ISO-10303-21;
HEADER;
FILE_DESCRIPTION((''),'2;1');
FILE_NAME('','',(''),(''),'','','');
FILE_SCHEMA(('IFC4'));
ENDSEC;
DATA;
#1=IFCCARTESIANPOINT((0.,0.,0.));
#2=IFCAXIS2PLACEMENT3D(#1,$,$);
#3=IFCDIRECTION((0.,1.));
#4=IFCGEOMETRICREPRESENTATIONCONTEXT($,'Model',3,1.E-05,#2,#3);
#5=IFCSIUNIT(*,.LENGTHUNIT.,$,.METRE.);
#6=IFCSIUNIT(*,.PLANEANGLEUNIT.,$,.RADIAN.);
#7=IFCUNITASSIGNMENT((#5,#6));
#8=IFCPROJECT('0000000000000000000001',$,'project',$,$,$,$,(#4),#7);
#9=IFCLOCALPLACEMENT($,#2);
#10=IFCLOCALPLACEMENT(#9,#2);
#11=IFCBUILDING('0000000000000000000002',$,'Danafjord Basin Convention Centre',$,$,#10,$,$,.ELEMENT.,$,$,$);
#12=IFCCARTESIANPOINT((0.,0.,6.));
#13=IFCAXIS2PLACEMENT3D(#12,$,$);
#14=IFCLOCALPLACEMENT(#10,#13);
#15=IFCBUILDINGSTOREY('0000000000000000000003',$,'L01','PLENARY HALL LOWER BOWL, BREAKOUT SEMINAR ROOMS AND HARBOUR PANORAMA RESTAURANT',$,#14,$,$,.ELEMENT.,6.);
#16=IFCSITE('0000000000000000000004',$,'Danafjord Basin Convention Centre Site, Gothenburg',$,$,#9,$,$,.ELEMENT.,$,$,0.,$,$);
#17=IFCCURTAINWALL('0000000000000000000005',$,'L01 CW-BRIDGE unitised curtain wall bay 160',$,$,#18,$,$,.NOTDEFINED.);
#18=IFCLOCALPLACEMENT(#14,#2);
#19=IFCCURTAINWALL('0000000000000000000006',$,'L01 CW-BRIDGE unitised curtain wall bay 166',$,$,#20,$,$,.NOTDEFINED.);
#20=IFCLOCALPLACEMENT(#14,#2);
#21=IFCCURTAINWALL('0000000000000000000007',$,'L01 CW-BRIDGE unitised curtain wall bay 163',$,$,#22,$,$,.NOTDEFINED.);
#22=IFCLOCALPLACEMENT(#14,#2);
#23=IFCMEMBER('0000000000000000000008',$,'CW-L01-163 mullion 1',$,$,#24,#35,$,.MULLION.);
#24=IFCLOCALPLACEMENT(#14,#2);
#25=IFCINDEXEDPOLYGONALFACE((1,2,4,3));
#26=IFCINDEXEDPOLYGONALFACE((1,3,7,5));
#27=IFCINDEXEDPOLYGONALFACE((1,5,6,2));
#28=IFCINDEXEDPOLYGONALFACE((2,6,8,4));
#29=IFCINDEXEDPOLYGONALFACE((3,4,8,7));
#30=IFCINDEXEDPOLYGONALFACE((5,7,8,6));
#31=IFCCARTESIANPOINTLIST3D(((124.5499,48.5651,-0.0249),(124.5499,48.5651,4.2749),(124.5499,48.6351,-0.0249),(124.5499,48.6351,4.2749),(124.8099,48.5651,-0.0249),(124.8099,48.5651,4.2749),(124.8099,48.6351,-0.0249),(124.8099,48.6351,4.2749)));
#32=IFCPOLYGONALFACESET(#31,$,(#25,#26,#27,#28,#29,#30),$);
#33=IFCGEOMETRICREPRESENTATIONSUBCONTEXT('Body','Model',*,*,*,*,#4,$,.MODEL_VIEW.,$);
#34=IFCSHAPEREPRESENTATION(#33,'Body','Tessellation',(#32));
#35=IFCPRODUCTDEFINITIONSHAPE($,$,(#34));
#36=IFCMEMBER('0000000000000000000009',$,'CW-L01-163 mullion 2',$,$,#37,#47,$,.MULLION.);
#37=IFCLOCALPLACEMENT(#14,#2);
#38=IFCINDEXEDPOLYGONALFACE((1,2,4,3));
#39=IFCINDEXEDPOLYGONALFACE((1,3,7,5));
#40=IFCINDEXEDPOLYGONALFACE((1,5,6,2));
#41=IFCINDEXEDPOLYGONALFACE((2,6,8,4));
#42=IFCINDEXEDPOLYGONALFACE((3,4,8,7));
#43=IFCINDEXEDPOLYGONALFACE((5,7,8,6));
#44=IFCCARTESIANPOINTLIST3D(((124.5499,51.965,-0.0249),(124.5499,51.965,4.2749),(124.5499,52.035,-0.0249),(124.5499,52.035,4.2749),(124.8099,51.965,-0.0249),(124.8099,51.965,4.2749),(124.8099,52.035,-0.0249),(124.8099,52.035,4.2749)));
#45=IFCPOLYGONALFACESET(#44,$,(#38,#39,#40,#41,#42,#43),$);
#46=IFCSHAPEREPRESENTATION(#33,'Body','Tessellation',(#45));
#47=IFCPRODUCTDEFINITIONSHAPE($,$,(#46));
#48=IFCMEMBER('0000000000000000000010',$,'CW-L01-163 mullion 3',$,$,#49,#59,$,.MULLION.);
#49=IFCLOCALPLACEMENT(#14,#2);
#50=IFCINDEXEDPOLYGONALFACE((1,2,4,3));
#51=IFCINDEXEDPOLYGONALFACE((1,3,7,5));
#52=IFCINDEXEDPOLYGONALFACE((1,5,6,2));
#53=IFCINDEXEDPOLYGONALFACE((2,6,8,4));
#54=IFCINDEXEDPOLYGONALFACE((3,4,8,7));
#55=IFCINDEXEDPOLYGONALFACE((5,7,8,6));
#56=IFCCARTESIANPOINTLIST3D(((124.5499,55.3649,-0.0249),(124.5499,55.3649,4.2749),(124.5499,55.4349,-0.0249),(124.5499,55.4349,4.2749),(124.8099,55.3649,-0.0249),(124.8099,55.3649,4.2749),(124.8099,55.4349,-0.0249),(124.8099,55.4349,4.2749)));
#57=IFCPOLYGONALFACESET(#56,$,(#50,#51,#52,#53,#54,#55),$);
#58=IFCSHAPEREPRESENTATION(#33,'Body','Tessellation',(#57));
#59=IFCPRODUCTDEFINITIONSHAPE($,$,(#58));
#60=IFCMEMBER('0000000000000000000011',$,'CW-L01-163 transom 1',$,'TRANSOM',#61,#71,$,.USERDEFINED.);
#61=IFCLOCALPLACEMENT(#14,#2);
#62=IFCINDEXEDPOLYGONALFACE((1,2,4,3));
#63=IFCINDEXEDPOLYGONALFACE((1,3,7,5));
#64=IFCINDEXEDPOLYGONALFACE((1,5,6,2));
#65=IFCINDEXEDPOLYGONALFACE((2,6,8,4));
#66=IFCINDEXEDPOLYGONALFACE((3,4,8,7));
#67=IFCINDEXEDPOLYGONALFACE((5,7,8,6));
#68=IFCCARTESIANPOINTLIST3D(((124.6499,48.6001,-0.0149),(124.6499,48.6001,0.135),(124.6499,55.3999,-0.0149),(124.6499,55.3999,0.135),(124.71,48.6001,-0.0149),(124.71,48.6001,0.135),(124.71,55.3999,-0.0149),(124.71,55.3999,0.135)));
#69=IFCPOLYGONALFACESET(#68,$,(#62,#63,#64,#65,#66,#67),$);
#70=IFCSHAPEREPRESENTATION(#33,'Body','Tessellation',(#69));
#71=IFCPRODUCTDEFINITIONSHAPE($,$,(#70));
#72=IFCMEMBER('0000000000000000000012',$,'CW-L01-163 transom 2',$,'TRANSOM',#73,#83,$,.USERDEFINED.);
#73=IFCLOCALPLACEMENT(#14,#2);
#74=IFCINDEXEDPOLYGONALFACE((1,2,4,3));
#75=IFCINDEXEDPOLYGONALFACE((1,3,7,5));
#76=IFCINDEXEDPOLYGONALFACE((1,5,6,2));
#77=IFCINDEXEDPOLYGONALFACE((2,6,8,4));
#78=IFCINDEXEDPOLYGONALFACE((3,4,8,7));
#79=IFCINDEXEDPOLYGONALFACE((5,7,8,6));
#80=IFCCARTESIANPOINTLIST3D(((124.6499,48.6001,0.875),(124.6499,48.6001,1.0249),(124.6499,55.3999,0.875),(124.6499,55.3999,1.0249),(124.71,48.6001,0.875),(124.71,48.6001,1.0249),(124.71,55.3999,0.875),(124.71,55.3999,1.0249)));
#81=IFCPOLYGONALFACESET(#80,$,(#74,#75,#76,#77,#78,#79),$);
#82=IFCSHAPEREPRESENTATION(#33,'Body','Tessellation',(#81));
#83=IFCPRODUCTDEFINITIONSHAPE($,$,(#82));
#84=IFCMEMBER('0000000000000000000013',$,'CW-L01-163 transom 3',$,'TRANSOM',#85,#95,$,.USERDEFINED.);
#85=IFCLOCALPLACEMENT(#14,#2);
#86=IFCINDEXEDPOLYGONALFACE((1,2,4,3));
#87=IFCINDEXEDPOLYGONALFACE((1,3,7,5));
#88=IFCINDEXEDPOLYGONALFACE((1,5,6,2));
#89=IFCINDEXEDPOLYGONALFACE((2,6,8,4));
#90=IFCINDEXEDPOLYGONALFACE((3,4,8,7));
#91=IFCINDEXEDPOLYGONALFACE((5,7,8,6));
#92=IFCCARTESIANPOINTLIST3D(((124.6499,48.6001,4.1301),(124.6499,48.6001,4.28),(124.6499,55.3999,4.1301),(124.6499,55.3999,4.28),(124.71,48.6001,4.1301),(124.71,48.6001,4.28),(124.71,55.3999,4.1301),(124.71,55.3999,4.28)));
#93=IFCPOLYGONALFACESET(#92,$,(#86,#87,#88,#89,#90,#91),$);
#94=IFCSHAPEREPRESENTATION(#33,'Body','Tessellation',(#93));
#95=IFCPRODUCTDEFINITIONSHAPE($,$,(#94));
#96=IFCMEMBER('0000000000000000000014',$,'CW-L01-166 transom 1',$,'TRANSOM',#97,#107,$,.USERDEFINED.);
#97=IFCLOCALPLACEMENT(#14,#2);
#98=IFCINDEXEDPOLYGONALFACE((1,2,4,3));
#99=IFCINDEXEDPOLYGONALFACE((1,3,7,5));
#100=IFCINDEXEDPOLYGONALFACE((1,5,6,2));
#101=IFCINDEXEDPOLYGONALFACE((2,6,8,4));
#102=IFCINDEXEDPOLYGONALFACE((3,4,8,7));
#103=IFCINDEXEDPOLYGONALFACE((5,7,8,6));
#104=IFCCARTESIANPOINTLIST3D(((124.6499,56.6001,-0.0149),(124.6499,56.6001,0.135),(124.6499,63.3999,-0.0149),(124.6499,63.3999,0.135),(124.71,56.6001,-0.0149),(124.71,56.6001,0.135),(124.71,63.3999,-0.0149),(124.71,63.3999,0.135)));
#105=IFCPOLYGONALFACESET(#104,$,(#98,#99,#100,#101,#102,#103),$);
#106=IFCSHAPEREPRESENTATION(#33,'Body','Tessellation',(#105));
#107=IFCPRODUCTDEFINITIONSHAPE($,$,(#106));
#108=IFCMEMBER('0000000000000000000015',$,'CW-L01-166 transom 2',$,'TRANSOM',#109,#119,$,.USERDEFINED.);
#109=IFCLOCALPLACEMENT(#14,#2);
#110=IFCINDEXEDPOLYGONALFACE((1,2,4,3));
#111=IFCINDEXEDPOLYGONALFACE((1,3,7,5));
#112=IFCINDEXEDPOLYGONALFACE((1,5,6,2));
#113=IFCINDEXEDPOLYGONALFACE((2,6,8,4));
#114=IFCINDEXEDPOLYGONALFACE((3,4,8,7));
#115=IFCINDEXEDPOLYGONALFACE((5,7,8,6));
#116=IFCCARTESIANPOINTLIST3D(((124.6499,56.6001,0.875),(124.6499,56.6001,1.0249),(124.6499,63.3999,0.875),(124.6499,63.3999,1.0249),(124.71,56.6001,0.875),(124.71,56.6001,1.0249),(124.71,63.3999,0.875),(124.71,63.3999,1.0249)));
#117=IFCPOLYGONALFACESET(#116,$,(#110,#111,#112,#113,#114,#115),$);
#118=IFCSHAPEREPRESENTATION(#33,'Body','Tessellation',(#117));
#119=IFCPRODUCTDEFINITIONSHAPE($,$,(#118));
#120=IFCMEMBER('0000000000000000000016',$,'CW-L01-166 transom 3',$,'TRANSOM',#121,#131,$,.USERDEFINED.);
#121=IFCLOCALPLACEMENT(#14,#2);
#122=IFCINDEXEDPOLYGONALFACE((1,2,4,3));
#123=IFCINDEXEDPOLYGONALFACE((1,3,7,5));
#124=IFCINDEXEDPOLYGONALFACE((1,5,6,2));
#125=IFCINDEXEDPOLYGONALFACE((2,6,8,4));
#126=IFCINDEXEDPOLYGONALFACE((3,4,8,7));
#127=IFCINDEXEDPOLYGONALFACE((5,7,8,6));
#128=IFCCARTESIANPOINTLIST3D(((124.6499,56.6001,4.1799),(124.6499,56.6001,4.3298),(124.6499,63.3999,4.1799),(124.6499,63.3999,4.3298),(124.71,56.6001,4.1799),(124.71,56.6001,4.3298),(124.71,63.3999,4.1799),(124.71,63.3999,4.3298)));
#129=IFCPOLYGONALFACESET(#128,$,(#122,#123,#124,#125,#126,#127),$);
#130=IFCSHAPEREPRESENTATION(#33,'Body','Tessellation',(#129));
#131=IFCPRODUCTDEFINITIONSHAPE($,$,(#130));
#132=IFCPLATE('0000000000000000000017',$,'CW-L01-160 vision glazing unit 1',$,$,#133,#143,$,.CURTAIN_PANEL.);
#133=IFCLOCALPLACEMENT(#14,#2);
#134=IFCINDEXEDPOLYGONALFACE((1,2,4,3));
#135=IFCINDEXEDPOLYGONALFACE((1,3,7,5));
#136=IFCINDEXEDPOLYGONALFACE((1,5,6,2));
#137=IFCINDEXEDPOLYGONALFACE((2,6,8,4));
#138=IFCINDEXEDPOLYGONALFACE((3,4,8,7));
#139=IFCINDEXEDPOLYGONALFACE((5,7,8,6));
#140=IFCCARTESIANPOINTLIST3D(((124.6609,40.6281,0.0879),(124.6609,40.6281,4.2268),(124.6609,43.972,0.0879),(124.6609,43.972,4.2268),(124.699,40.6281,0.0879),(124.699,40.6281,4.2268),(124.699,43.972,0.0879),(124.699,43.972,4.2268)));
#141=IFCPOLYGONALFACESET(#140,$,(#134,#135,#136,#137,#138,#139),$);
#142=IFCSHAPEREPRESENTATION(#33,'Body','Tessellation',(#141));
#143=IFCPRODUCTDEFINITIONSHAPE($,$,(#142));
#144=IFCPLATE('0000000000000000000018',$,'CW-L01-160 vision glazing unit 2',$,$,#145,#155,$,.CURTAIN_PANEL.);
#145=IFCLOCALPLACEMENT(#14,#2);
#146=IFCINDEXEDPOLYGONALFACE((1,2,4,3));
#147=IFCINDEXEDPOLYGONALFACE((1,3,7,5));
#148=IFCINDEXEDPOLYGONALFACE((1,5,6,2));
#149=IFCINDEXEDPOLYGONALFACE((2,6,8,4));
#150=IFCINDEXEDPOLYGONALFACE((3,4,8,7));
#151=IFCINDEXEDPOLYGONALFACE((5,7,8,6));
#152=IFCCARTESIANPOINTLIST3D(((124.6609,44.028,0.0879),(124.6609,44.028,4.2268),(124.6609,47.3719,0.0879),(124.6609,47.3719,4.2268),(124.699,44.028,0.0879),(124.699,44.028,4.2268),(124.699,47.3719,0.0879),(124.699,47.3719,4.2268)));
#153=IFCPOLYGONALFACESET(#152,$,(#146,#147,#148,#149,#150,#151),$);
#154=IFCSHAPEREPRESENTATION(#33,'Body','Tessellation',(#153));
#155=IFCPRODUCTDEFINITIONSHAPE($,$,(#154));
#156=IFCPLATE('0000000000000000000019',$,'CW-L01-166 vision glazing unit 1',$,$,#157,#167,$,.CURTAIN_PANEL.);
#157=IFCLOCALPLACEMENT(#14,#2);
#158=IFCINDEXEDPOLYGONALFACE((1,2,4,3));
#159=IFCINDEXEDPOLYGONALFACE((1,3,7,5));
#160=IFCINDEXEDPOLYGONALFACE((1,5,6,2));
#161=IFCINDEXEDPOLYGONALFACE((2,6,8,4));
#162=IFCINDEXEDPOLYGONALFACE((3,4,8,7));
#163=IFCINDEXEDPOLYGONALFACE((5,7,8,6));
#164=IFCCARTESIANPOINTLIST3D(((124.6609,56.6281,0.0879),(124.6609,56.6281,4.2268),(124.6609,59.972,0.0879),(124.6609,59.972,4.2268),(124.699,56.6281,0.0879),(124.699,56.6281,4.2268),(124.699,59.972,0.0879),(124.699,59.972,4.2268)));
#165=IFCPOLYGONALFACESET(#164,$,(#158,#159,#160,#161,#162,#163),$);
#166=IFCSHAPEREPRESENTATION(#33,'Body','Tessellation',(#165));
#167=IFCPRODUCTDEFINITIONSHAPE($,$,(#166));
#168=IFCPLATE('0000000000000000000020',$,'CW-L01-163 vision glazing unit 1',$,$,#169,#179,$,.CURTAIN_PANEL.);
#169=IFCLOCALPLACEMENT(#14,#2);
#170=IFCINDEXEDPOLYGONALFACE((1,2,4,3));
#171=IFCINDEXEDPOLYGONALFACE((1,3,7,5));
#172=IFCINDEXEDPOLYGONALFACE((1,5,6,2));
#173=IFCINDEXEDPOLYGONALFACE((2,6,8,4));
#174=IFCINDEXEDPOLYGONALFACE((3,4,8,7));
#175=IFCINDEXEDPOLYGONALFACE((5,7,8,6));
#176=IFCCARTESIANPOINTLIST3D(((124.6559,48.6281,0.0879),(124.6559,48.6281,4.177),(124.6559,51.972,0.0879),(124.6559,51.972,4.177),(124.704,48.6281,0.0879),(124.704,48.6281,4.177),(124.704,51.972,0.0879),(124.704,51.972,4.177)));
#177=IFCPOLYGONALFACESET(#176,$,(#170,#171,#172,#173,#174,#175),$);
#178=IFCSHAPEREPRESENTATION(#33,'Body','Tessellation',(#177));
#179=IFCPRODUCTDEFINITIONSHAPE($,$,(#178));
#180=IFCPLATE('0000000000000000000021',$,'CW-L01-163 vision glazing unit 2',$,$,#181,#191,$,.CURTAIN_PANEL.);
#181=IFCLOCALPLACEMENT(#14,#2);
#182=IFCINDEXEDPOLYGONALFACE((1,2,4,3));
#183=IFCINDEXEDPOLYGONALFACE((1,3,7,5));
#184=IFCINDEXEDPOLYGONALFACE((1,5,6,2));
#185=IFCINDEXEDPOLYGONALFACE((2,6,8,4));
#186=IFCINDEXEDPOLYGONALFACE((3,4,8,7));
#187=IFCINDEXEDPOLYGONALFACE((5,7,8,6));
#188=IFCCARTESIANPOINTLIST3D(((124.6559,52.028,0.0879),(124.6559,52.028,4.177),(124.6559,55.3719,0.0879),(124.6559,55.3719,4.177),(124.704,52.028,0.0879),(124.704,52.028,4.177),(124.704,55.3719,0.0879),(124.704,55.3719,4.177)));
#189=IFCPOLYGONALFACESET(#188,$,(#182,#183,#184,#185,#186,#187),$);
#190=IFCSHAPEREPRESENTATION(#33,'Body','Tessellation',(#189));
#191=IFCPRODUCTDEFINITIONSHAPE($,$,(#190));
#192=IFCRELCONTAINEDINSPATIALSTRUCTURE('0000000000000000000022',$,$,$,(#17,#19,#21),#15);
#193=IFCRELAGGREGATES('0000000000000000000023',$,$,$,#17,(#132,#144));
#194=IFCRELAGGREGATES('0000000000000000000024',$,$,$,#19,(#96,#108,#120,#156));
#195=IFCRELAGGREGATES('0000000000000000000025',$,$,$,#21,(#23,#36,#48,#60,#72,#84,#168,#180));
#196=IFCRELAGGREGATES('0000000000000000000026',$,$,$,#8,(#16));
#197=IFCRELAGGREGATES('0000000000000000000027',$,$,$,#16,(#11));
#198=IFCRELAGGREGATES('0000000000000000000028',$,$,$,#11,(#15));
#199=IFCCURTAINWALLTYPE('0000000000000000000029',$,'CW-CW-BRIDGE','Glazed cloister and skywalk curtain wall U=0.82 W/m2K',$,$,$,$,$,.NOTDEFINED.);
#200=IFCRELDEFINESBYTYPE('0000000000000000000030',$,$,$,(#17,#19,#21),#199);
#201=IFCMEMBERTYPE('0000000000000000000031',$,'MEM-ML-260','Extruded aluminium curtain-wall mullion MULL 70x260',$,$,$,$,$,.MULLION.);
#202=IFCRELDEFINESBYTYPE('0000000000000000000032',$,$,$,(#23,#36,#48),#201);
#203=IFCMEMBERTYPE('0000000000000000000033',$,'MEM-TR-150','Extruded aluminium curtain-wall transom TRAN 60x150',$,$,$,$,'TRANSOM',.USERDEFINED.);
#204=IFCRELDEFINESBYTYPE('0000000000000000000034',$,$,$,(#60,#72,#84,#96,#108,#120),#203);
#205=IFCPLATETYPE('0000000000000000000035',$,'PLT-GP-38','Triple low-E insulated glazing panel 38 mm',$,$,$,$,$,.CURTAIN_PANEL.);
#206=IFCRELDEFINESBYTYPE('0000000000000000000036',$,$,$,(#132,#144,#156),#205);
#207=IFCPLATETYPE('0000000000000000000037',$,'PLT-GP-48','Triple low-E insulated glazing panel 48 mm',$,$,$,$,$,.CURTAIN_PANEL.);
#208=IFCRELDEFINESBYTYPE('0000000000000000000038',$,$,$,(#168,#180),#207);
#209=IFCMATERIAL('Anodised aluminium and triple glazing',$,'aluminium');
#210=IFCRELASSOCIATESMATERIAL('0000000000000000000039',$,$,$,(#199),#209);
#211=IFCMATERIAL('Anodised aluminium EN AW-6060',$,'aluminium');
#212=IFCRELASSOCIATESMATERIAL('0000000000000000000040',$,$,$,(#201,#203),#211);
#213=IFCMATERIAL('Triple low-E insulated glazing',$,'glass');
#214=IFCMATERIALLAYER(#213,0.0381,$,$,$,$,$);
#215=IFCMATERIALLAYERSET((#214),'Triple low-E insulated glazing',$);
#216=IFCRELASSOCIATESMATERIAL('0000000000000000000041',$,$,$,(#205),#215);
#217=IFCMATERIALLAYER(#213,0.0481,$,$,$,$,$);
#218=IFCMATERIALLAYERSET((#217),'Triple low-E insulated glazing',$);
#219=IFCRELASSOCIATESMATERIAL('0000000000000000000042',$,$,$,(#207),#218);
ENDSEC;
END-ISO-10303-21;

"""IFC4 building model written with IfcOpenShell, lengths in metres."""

from ifc_helpers import new_model, si_unit, direction, frame, origin, origin_2d, place, context, subcontext, project, spatial, rectangle, extrude, material, layer, layer_set, material_profile, profile_set, type_object, element, aggregate, save


model = new_model("IFC4")

# Units and contexts
model_context = context("Model", 3, precision=1e-05, world=origin(), true_north=direction((0.0, 1.0)))
body_context = subcontext(model_context, "Body", "Model", "MODEL_VIEW")
ifc_project = project(units=[si_unit("LENGTHUNIT", "METRE"), si_unit("PLANEANGLEUNIT", "RADIAN")], contexts=[model_context])

# Site, building, storey
site_placement = place(None, origin())
site = spatial("IfcSite", under=ifc_project, at=site_placement, Name="Danafjord Basin Convention Centre Site, Gothenburg", CompositionType="ELEMENT", RefElevation=0.0)
building_placement = place(site_placement, origin())
building = spatial("IfcBuilding", under=site, at=building_placement, Name="Danafjord Basin Convention Centre", CompositionType="ELEMENT")
storey_placement = place(building_placement, frame((0.0, 0.0, 6.0)))
storey = spatial("IfcBuildingStorey", under=building, at=storey_placement, Name="L01", Description="PLENARY HALL LOWER BOWL, BREAKOUT SEMINAR ROOMS AND HARBOUR PANORAMA RESTAURANT", CompositionType="ELEMENT", Elevation=6.0)

# Curtain wall
ifc_material_1 = material(Name="Anodised aluminium and triple glazing", Category="aluminium")
curtain_wall_type = type_object("IfcCurtainWallType", Name="CW-CW-BRIDGE", Description="Glazed cloister and skywalk curtain wall U=0.82 W/m2K", PredefinedType="NOTDEFINED", material=ifc_material_1)
curtain_wall_1_placement = place(storey_placement, origin())
curtain_wall_1 = element("IfcCurtainWall", 1, at=curtain_wall_1_placement, inside=storey, type_object=curtain_wall_type, Name="L01 CW-BRIDGE unitised curtain wall bay 160", PredefinedType="NOTDEFINED")
ifc_material_2 = material(Name="Anodised aluminium EN AW-6060", Category="aluminium")

# Curtain wall
curtain_wall_2_placement = place(storey_placement, origin())
curtain_wall_2 = element("IfcCurtainWall", 2, at=curtain_wall_2_placement, inside=storey, type_object=curtain_wall_type, Name="L01 CW-BRIDGE unitised curtain wall bay 166", PredefinedType="NOTDEFINED")

# Curtain wall, members
curtain_wall_3_placement = place(storey_placement, origin())
curtain_wall_3 = element("IfcCurtainWall", 3, at=curtain_wall_3_placement, inside=storey, type_object=curtain_wall_type, Name="L01 CW-BRIDGE unitised curtain wall bay 163", PredefinedType="NOTDEFINED")
ifc_material_profile_1 = material_profile(ifc_material_2, rectangle(XDim=0.0701, YDim=0.26, at=origin_2d()), Name="MULL 70x260")
ifc_profile_set_1 = profile_set([ifc_material_profile_1], Name="Anodised aluminium EN AW-6060")
member_type_1 = type_object("IfcMemberType", Name="MEM-ML-260", Description="Extruded aluminium curtain-wall mullion MULL 70x260", PredefinedType="MULLION", material=ifc_profile_set_1)
member_1_placement = place(storey_placement, frame((124.6799, 48.6001, -0.0249), z_axis=(0.0, 0.0, 1.0), x_axis=(0.0, 1.0, 0.0)))
member_1 = element("IfcMember", 4, at=member_1_placement, type_object=member_type_1, Name="CW-L01-163 mullion 1", PredefinedType="MULLION", context=body_context, shape_type="SweptSolid", body=[
    extrude(rectangle(XDim=0.0701, YDim=0.26, at=origin_2d()), origin(), (0.0, 0.0, 1.0), 4.2998),
])
member_2_placement = place(storey_placement, frame((124.6799, 52.0, -0.0249), z_axis=(0.0, 0.0, 1.0), x_axis=(0.0, 1.0, 0.0)))
member_2 = element("IfcMember", 5, at=member_2_placement, type_object=member_type_1, Name="CW-L01-163 mullion 2", PredefinedType="MULLION", context=body_context, shape_type="SweptSolid", body=[
    extrude(rectangle(XDim=0.0701, YDim=0.26, at=origin_2d()), origin(), (0.0, 0.0, 1.0), 4.2998),
])
member_3_placement = place(storey_placement, frame((124.6799, 55.3999, -0.0249), z_axis=(0.0, 0.0, 1.0), x_axis=(0.0, 1.0, 0.0)))
member_3 = element("IfcMember", 6, at=member_3_placement, type_object=member_type_1, Name="CW-L01-163 mullion 3", PredefinedType="MULLION", context=body_context, shape_type="SweptSolid", body=[
    extrude(rectangle(XDim=0.0701, YDim=0.26, at=origin_2d()), origin(), (0.0, 0.0, 1.0), 4.2998),
])
ifc_material_profile_2 = material_profile(ifc_material_2, rectangle(XDim=0.0601, YDim=0.1499, at=origin_2d()), Name="TRAN 60x150")
ifc_profile_set_2 = profile_set([ifc_material_profile_2], Name="Anodised aluminium EN AW-6060")
member_type_2 = type_object("IfcMemberType", Name="MEM-TR-150", Description="Extruded aluminium curtain-wall transom TRAN 60x150", ElementType="TRANSOM", PredefinedType="USERDEFINED", material=ifc_profile_set_2)
member_4_placement = place(storey_placement, frame((124.6799, 48.6001, 0.0601), z_axis=(0.0, 1.0, 0.0), x_axis=(-1.0, 0.0, 0.0)))
member_4 = element("IfcMember", 7, at=member_4_placement, type_object=member_type_2, Name="CW-L01-163 transom 1", ObjectType="TRANSOM", PredefinedType="USERDEFINED", context=body_context, shape_type="SweptSolid", body=[
    extrude(rectangle(XDim=0.0601, YDim=0.1499, at=origin_2d()), origin(), (0.0, 0.0, 1.0), 6.7998),
])
member_5_placement = place(storey_placement, frame((124.6799, 48.6001, 0.95), z_axis=(0.0, 1.0, 0.0), x_axis=(-1.0, 0.0, 0.0)))
member_5 = element("IfcMember", 8, at=member_5_placement, type_object=member_type_2, Name="CW-L01-163 transom 2", ObjectType="TRANSOM", PredefinedType="USERDEFINED", context=body_context, shape_type="SweptSolid", body=[
    extrude(rectangle(XDim=0.0601, YDim=0.1499, at=origin_2d()), origin(), (0.0, 0.0, 1.0), 6.7998),
])
member_6_placement = place(storey_placement, frame((124.6799, 48.6001, 4.2051), z_axis=(0.0, 1.0, 0.0), x_axis=(-1.0, 0.0, 0.0)))
member_6 = element("IfcMember", 9, at=member_6_placement, type_object=member_type_2, Name="CW-L01-163 transom 3", ObjectType="TRANSOM", PredefinedType="USERDEFINED", context=body_context, shape_type="SweptSolid", body=[
    extrude(rectangle(XDim=0.0601, YDim=0.1499, at=origin_2d()), origin(), (0.0, 0.0, 1.0), 6.7998),
])

# Members
member_7_placement = place(storey_placement, frame((124.6799, 56.6001, 0.0601), z_axis=(0.0, 1.0, 0.0), x_axis=(-1.0, 0.0, 0.0)))
member_7 = element("IfcMember", 10, at=member_7_placement, type_object=member_type_2, Name="CW-L01-166 transom 1", ObjectType="TRANSOM", PredefinedType="USERDEFINED", context=body_context, shape_type="SweptSolid", body=[
    extrude(rectangle(XDim=0.0601, YDim=0.1499, at=origin_2d()), origin(), (0.0, 0.0, 1.0), 6.7998),
])
member_8_placement = place(storey_placement, frame((124.6799, 56.6001, 0.95), z_axis=(0.0, 1.0, 0.0), x_axis=(-1.0, 0.0, 0.0)))
member_8 = element("IfcMember", 11, at=member_8_placement, type_object=member_type_2, Name="CW-L01-166 transom 2", ObjectType="TRANSOM", PredefinedType="USERDEFINED", context=body_context, shape_type="SweptSolid", body=[
    extrude(rectangle(XDim=0.0601, YDim=0.1499, at=origin_2d()), origin(), (0.0, 0.0, 1.0), 6.7998),
])
member_9_placement = place(storey_placement, frame((124.6799, 56.6001, 4.2549), z_axis=(0.0, 1.0, 0.0), x_axis=(-1.0, 0.0, 0.0)))
member_9 = element("IfcMember", 12, at=member_9_placement, type_object=member_type_2, Name="CW-L01-166 transom 3", ObjectType="TRANSOM", PredefinedType="USERDEFINED", context=body_context, shape_type="SweptSolid", body=[
    extrude(rectangle(XDim=0.0601, YDim=0.1499, at=origin_2d()), origin(), (0.0, 0.0, 1.0), 6.7998),
])

# Plates
ifc_material_3 = material(Name="Triple low-E insulated glazing", Category="glass")
ifc_layer_1 = layer(ifc_material_3, 0.0381)
ifc_layer_set_1 = layer_set([ifc_layer_1], Name="Triple low-E insulated glazing")
plate_type_1 = type_object("IfcPlateType", Name="PLT-GP-38", Description="Triple low-E insulated glazing panel 38 mm", PredefinedType="CURTAIN_PANEL", material=ifc_layer_set_1)
plate_1_placement = place(storey_placement, frame((124.6799, 42.3, 0.0879), z_axis=(0.0, 0.0, 1.0), x_axis=(0.0, 1.0, 0.0)))
plate_1 = element("IfcPlate", 13, at=plate_1_placement, type_object=plate_type_1, Name="CW-L01-160 vision glazing unit 1", PredefinedType="CURTAIN_PANEL", context=body_context, shape_type="SweptSolid", body=[
    extrude(rectangle(XDim=3.344, YDim=0.0381, at=origin_2d()), origin(), (0.0, 0.0, 1.0), 4.1389),
])
plate_2_placement = place(storey_placement, frame((124.6799, 45.7, 0.0879), z_axis=(0.0, 0.0, 1.0), x_axis=(0.0, 1.0, 0.0)))
plate_2 = element("IfcPlate", 14, at=plate_2_placement, type_object=plate_type_1, Name="CW-L01-160 vision glazing unit 2", PredefinedType="CURTAIN_PANEL", context=body_context, shape_type="SweptSolid", body=[
    extrude(rectangle(XDim=3.344, YDim=0.0381, at=origin_2d()), origin(), (0.0, 0.0, 1.0), 4.1389),
])
aggregate(curtain_wall_1, [plate_1, plate_2])
plate_3_placement = place(storey_placement, frame((124.6799, 58.3, 0.0879), z_axis=(0.0, 0.0, 1.0), x_axis=(0.0, 1.0, 0.0)))
plate_3 = element("IfcPlate", 15, at=plate_3_placement, type_object=plate_type_1, Name="CW-L01-166 vision glazing unit 1", PredefinedType="CURTAIN_PANEL", context=body_context, shape_type="SweptSolid", body=[
    extrude(rectangle(XDim=3.344, YDim=0.0381, at=origin_2d()), origin(), (0.0, 0.0, 1.0), 4.1389),
])
aggregate(curtain_wall_2, [member_7, member_8, member_9, plate_3])
ifc_layer_2 = layer(ifc_material_3, 0.0481)
ifc_layer_set_2 = layer_set([ifc_layer_2], Name="Triple low-E insulated glazing")
plate_type_2 = type_object("IfcPlateType", Name="PLT-GP-48", Description="Triple low-E insulated glazing panel 48 mm", PredefinedType="CURTAIN_PANEL", material=ifc_layer_set_2)
plate_4_placement = place(storey_placement, frame((124.6799, 50.3, 0.0879), z_axis=(0.0, 0.0, 1.0), x_axis=(0.0, 1.0, 0.0)))
plate_4 = element("IfcPlate", 16, at=plate_4_placement, type_object=plate_type_2, Name="CW-L01-163 vision glazing unit 1", PredefinedType="CURTAIN_PANEL", context=body_context, shape_type="SweptSolid", body=[
    extrude(rectangle(XDim=3.344, YDim=0.0481, at=origin_2d()), origin(), (0.0, 0.0, 1.0), 4.0891),
])
plate_5_placement = place(storey_placement, frame((124.6799, 53.7, 0.0879), z_axis=(0.0, 0.0, 1.0), x_axis=(0.0, 1.0, 0.0)))
plate_5 = element("IfcPlate", 17, at=plate_5_placement, type_object=plate_type_2, Name="CW-L01-163 vision glazing unit 2", PredefinedType="CURTAIN_PANEL", context=body_context, shape_type="SweptSolid", body=[
    extrude(rectangle(XDim=3.344, YDim=0.0481, at=origin_2d()), origin(), (0.0, 0.0, 1.0), 4.0891),
])
aggregate(curtain_wall_3, [member_1, member_2, member_3, member_4, member_5, member_6, plate_4, plate_5])

save(model, "model.ifc")
